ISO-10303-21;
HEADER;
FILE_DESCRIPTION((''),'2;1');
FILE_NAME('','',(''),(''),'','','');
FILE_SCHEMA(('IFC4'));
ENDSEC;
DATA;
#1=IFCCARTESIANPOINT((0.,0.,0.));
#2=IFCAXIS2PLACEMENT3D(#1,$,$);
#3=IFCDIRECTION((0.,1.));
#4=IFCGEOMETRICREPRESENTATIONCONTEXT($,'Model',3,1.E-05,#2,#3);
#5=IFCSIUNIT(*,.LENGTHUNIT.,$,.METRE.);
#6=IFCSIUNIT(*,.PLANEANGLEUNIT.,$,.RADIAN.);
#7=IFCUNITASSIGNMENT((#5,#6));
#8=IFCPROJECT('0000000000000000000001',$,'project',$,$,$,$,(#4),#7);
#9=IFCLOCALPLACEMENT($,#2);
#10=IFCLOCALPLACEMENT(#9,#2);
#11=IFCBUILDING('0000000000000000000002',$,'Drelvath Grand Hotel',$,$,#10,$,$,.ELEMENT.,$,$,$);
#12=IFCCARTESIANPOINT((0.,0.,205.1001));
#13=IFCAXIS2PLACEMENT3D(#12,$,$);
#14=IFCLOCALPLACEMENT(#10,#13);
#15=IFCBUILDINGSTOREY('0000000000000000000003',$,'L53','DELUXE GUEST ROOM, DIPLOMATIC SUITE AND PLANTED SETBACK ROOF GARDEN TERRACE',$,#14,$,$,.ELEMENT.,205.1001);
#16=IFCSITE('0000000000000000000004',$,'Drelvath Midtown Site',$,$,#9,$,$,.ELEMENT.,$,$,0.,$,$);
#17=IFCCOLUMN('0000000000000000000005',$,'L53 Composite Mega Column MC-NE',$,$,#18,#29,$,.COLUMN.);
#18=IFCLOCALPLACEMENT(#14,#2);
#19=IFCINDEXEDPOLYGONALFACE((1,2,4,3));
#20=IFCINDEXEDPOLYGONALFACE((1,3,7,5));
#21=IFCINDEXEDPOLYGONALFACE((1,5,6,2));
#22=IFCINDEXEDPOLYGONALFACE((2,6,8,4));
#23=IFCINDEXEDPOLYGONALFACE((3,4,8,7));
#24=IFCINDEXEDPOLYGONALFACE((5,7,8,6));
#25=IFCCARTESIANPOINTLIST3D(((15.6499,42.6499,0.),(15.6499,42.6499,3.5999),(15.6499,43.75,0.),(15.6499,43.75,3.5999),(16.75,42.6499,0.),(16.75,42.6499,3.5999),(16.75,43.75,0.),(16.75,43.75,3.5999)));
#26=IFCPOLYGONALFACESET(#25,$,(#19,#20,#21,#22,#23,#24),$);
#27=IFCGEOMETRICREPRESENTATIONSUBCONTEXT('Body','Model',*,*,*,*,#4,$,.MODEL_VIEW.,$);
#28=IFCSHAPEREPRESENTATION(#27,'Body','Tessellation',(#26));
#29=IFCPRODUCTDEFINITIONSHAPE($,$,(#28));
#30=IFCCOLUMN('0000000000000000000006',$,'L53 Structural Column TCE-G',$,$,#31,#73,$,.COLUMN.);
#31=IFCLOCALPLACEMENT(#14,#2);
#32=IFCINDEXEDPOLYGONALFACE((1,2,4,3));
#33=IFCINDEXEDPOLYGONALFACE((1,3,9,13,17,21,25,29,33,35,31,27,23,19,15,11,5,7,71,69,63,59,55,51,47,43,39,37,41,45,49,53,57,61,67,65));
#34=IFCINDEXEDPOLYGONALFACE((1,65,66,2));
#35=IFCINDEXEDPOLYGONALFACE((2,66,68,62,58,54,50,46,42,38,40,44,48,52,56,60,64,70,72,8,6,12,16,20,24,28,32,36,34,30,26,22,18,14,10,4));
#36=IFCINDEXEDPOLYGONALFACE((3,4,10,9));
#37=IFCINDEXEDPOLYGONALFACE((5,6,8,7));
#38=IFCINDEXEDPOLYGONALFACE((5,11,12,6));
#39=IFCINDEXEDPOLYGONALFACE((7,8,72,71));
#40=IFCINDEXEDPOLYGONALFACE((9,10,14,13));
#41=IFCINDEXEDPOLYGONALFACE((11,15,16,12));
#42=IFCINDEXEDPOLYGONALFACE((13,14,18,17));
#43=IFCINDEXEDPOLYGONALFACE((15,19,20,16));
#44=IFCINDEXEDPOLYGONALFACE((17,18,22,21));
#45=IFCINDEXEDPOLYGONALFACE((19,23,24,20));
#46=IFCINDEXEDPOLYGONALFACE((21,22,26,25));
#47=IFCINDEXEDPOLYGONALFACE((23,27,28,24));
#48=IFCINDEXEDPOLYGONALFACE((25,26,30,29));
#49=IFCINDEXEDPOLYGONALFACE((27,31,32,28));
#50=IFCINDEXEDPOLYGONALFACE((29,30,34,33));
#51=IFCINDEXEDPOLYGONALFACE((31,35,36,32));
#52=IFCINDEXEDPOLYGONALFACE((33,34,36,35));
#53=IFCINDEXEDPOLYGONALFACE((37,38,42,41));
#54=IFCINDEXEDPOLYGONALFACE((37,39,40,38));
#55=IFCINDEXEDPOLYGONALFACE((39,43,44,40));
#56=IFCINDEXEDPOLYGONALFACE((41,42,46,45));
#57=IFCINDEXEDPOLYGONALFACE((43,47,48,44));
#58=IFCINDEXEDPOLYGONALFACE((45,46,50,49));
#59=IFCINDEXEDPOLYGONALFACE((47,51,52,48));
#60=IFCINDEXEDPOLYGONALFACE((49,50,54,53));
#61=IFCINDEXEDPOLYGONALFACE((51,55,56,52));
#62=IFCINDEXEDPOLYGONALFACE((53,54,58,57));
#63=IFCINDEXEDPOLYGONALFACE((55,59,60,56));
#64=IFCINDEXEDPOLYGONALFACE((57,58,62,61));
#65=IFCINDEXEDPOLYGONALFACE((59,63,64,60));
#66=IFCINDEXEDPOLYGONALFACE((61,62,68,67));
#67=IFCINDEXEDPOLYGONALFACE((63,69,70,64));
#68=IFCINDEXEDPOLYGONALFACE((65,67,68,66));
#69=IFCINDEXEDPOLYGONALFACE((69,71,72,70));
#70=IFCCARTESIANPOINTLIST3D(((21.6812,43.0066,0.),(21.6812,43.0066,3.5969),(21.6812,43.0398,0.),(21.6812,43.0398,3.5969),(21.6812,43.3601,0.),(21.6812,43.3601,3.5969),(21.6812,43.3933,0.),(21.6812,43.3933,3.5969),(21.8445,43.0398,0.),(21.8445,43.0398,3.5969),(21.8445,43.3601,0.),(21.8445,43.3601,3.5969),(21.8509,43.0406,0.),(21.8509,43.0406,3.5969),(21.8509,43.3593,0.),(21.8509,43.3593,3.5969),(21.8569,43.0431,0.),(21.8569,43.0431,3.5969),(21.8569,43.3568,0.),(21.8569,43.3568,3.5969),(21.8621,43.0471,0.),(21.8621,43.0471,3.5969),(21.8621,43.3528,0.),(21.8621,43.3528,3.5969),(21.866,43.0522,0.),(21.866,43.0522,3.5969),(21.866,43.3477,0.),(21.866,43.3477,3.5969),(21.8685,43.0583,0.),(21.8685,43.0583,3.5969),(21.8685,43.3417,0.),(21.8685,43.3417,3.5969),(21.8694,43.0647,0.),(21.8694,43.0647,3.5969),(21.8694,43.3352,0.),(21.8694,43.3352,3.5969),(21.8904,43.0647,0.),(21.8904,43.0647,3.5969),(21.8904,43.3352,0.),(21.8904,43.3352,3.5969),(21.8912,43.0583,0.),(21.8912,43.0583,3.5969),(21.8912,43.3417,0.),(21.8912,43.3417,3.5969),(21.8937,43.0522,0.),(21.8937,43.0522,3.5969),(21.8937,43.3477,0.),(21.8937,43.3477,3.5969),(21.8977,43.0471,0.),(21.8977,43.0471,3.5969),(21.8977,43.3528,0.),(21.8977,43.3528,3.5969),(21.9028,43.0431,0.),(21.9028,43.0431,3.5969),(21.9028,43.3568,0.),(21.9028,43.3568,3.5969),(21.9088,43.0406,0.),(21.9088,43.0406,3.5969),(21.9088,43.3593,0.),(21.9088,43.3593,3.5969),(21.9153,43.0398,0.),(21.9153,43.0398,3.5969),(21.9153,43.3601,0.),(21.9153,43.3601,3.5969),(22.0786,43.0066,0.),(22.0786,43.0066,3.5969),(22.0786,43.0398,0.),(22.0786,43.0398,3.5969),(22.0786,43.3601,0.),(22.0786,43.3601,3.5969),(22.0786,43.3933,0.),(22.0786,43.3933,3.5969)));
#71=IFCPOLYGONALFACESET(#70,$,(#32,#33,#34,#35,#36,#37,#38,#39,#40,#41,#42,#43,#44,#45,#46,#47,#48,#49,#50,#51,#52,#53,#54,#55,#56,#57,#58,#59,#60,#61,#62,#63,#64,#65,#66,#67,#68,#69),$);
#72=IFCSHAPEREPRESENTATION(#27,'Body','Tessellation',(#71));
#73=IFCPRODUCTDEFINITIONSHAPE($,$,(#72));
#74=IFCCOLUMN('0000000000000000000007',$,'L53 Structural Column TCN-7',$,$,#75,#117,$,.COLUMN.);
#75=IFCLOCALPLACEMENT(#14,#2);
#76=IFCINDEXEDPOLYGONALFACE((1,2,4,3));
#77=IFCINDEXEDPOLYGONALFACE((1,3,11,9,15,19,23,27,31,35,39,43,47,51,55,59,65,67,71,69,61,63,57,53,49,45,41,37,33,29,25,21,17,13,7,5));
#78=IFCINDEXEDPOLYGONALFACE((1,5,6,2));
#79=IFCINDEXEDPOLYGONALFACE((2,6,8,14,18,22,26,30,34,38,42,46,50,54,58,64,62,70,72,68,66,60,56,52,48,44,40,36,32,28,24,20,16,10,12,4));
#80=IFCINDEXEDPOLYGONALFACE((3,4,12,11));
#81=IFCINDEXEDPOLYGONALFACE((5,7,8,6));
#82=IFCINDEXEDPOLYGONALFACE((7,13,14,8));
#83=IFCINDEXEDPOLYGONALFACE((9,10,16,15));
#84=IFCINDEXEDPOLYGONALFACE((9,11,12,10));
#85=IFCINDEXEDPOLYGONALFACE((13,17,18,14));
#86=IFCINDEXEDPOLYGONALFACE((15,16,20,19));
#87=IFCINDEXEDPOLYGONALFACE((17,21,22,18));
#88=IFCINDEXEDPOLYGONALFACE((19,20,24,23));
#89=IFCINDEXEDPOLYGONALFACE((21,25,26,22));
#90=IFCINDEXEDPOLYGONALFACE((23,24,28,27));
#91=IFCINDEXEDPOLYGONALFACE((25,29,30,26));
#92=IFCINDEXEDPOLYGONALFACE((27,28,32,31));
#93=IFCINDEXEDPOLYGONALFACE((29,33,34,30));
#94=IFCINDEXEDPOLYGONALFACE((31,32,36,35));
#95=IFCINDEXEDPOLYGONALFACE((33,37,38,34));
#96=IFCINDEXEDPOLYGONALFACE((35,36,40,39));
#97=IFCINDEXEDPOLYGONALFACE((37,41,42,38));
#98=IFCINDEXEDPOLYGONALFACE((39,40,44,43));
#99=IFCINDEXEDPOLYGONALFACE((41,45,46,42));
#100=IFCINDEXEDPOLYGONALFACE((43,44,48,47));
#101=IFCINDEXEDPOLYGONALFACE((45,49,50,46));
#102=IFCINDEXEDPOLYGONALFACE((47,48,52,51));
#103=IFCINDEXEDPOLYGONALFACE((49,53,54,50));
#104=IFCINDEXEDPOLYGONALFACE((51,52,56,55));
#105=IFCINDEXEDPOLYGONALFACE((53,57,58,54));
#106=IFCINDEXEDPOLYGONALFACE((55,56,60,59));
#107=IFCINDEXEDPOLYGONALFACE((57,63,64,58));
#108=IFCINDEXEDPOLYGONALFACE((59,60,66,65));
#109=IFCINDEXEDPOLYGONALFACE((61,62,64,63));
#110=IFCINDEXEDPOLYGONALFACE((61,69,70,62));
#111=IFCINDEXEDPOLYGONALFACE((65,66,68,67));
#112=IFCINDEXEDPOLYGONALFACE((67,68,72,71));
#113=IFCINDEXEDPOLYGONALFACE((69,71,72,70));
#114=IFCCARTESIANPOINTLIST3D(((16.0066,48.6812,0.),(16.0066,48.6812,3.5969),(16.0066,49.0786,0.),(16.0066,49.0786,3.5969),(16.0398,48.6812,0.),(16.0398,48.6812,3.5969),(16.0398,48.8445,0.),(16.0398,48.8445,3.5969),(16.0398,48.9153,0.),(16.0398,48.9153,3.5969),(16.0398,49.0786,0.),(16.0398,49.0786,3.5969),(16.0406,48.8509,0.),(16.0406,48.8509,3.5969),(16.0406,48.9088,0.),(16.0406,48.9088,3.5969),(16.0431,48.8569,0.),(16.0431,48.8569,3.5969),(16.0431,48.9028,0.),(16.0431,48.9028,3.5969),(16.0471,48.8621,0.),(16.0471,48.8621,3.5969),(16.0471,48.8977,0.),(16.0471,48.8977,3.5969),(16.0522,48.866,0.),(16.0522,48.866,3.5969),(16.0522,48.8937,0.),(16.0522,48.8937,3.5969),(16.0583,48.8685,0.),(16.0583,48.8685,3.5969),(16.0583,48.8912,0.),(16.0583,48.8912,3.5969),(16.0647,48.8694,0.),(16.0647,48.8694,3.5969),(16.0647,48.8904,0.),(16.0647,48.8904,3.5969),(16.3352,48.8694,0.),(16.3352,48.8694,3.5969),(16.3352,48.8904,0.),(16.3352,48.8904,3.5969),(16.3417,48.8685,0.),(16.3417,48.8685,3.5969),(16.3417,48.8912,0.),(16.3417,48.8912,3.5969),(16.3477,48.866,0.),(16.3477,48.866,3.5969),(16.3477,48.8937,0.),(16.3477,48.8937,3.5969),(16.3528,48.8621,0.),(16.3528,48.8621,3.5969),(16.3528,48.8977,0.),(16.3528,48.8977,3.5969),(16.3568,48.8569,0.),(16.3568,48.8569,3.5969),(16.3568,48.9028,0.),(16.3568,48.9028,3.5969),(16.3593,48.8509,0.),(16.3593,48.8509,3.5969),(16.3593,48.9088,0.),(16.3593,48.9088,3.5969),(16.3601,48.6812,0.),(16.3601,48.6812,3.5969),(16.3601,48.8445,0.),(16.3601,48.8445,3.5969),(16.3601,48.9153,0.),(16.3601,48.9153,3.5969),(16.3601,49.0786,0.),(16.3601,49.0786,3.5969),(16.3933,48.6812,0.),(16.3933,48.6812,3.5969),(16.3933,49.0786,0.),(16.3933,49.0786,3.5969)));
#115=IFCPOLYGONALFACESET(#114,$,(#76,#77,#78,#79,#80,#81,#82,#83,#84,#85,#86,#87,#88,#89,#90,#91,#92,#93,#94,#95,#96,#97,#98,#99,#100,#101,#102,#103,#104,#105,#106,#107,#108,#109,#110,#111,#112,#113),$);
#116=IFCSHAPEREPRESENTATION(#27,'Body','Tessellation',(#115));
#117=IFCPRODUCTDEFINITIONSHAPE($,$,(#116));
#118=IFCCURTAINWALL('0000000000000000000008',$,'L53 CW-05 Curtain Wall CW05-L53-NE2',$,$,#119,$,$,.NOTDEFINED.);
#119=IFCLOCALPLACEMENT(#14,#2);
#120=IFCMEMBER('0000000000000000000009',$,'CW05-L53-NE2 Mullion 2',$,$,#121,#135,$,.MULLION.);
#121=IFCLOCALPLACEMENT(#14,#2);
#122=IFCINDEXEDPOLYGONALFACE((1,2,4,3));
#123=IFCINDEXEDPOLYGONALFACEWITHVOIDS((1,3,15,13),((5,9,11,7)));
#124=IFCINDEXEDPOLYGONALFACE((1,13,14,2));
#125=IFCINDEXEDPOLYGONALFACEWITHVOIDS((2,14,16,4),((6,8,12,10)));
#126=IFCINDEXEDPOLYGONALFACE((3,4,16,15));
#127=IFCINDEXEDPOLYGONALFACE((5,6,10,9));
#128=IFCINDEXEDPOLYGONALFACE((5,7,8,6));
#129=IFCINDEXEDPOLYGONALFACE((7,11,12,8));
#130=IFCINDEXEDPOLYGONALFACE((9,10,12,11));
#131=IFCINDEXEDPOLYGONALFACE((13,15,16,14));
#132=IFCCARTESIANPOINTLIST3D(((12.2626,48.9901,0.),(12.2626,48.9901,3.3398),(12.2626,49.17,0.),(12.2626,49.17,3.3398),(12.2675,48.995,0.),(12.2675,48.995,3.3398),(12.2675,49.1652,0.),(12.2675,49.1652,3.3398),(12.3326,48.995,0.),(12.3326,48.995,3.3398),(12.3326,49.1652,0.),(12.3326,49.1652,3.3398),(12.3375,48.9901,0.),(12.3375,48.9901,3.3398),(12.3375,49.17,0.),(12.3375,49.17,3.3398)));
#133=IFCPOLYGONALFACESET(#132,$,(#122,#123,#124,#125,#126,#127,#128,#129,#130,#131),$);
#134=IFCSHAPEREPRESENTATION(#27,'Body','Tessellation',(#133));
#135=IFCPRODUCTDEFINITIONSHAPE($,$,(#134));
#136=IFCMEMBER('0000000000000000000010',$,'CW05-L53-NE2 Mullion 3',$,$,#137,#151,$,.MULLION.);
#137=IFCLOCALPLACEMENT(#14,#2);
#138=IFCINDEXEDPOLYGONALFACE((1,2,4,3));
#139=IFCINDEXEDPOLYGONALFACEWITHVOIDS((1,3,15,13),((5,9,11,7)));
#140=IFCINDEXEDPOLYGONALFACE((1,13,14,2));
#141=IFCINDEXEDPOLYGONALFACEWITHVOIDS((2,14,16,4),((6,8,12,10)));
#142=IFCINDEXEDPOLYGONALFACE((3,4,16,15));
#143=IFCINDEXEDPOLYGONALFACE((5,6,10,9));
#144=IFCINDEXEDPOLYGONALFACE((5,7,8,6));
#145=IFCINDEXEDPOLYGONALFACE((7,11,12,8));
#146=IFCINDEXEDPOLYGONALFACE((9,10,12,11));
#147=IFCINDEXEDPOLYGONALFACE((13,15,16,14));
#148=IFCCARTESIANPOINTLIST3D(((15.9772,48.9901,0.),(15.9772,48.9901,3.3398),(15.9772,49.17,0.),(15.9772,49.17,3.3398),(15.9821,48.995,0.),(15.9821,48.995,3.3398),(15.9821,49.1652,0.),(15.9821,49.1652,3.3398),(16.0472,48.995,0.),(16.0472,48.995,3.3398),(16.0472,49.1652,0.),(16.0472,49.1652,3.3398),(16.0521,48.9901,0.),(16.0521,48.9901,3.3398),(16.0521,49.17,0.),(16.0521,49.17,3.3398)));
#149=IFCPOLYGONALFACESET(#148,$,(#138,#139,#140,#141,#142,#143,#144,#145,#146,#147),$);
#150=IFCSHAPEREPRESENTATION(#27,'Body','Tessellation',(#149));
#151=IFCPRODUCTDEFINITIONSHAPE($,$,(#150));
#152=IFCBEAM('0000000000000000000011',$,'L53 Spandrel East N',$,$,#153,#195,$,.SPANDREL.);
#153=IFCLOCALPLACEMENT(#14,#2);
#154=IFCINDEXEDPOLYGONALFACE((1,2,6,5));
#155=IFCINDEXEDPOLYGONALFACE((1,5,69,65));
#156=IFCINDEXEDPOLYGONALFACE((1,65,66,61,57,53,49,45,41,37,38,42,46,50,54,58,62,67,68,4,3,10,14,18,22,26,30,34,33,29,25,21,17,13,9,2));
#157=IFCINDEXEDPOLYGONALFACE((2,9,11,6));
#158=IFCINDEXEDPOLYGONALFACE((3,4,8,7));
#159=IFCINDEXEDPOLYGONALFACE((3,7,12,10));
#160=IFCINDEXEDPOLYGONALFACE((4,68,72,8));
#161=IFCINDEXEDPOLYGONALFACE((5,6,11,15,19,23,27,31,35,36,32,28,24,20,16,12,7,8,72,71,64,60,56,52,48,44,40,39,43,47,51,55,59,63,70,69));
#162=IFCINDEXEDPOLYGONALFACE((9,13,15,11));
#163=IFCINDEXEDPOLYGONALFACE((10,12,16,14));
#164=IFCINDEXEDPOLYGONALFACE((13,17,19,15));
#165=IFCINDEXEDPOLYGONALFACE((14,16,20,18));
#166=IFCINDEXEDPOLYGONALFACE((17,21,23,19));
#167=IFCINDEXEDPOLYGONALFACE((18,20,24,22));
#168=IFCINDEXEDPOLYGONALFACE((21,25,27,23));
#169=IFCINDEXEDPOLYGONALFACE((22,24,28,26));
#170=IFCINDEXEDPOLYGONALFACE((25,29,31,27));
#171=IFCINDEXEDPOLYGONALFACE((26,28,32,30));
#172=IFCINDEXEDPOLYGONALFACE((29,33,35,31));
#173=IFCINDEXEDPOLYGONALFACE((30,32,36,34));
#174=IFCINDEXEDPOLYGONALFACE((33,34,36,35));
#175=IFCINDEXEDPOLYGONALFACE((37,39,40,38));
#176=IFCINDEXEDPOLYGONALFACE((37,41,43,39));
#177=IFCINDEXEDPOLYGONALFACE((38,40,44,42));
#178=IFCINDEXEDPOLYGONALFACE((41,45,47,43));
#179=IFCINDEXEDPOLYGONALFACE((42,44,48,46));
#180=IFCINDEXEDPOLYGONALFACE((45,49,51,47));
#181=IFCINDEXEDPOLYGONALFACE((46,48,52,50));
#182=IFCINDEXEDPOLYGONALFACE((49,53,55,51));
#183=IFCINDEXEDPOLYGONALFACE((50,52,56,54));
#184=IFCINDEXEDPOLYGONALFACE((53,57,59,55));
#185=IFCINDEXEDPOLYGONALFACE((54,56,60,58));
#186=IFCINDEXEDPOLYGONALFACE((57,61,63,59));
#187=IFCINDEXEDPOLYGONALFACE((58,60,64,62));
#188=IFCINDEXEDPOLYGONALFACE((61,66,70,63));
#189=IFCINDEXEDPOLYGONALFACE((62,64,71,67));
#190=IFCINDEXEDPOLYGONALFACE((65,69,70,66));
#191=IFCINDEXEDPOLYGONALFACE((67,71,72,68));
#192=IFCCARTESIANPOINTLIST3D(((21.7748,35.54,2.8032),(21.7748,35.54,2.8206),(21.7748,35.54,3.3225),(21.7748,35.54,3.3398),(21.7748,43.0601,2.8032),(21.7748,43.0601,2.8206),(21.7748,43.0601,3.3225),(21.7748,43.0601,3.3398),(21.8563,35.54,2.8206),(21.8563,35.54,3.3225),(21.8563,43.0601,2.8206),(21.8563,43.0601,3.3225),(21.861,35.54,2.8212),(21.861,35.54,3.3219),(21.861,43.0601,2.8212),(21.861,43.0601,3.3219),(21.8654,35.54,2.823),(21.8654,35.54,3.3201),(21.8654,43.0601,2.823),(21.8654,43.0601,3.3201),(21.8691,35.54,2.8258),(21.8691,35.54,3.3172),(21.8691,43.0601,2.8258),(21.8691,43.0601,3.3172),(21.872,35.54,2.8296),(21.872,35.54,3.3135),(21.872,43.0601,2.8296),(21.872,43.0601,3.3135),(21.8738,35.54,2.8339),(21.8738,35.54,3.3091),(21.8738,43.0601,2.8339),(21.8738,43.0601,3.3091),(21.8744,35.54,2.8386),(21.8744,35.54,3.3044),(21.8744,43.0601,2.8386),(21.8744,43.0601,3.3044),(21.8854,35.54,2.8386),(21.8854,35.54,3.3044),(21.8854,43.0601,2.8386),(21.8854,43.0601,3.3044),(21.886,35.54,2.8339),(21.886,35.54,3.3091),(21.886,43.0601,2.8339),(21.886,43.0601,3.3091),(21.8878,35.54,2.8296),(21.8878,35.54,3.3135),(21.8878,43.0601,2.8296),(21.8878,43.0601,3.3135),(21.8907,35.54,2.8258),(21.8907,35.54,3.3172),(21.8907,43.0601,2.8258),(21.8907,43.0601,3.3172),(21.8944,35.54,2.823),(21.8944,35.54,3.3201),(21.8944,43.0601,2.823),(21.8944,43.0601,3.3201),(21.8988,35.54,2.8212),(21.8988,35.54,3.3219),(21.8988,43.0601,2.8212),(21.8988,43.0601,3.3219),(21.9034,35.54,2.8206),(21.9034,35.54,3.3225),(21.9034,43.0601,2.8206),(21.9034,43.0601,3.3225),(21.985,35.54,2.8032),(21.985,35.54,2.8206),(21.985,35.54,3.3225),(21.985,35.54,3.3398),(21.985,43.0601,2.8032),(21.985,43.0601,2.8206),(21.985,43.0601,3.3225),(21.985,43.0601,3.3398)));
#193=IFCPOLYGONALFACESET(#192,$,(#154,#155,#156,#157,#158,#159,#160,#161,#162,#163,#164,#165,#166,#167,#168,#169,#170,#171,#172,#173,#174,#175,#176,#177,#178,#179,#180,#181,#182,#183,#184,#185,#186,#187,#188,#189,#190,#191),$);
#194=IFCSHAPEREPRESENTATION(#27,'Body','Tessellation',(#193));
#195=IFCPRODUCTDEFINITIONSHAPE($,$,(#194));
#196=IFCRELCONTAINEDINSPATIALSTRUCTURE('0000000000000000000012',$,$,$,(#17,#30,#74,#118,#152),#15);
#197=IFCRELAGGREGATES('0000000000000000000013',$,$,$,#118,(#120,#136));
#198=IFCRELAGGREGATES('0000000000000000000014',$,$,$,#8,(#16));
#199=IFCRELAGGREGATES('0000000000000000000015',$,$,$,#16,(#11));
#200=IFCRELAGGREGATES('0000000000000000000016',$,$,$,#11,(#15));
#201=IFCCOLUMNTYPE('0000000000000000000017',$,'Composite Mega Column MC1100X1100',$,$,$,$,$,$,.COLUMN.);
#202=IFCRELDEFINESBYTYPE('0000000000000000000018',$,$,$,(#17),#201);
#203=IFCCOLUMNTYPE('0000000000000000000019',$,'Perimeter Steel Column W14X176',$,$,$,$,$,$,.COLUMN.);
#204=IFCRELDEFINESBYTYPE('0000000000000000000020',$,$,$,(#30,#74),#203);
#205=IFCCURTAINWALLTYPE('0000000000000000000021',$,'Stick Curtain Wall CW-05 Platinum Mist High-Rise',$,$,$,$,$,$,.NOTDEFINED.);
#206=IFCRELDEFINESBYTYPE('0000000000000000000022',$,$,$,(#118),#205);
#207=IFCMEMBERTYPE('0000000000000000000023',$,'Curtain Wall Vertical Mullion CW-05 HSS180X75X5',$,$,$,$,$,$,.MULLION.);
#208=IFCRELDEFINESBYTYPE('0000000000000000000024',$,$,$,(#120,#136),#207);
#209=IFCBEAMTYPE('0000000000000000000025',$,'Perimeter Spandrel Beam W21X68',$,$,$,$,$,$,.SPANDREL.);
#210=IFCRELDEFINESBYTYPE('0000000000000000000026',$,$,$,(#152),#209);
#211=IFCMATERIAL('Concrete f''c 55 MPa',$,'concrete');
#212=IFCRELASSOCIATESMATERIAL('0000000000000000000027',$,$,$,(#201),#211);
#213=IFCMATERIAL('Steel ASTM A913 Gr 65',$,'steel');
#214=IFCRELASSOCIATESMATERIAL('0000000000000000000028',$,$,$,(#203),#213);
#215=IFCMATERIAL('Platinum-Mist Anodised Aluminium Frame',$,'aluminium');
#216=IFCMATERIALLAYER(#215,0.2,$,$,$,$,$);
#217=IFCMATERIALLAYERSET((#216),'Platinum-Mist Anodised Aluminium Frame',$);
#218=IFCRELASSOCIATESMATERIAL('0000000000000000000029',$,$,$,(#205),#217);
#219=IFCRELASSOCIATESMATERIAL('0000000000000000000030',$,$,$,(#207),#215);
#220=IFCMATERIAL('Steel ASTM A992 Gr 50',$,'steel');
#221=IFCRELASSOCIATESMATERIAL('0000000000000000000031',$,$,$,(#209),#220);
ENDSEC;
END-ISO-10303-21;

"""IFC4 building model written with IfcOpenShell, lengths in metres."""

from ifc_helpers import new_model, si_unit, direction, frame, origin, origin_2d, place, context, subcontext, project, spatial, rectangle, hollow_rectangle, i_section, extrude, material, layer, layer_set, material_profile, profile_set, type_object, element, aggregate, save


model = new_model("IFC4")

# Units and contexts
model_context = context("Model", 3, precision=1e-05, world=origin(), true_north=direction((0.0, 1.0)))
body_context = subcontext(model_context, "Body", "Model", "MODEL_VIEW")
ifc_project = project(units=[si_unit("LENGTHUNIT", "METRE"), si_unit("PLANEANGLEUNIT", "RADIAN")], contexts=[model_context])

# Site, building, storey
site_placement = place(None, origin())
site = spatial("IfcSite", under=ifc_project, at=site_placement, Name="Drelvath Midtown Site", CompositionType="ELEMENT", RefElevation=0.0)
building_placement = place(site_placement, origin())
building = spatial("IfcBuilding", under=site, at=building_placement, Name="Drelvath Grand Hotel", CompositionType="ELEMENT")
storey_placement = place(building_placement, frame((0.0, 0.0, 205.1001)))
storey = spatial("IfcBuildingStorey", under=building, at=storey_placement, Name="L53", Description="DELUXE GUEST ROOM, DIPLOMATIC SUITE AND PLANTED SETBACK ROOF GARDEN TERRACE", CompositionType="ELEMENT", Elevation=205.1001)

# Columns
ifc_material_1 = material(Name="Concrete f'c 55 MPa", Category="concrete")
ifc_material_profile_1 = material_profile(ifc_material_1, rectangle(XDim=1.1001, YDim=1.1001, at=origin_2d()), Name="MC1100X1100")
ifc_profile_set_1 = profile_set([ifc_material_profile_1], Name="Concrete f'c 55 MPa")
column_type_1 = type_object("IfcColumnType", Name="Composite Mega Column MC1100X1100", PredefinedType="COLUMN", material=ifc_profile_set_1)
column_placement = place(storey_placement, frame((16.2, 43.2, 0.0), z_axis=(0.0, 0.0, 1.0), x_axis=(1.0, 0.0, 0.0)))
element("IfcColumn", 1, at=column_placement, inside=storey, type_object=column_type_1, Name="L53 Composite Mega Column MC-NE", PredefinedType="COLUMN", context=body_context, shape_type="SweptSolid", body=[
    extrude(rectangle(XDim=1.1001, YDim=1.1001, at=origin_2d()), origin(), (0.0, 0.0, 1.0), 3.5999),
])
ifc_material_2 = material(Name="Steel ASTM A913 Gr 65", Category="steel")
ifc_material_profile_2 = material_profile(ifc_material_2, i_section(OverallWidth=0.3975, OverallDepth=0.3867, WebThickness=0.021, FlangeThickness=0.0332, FilletRadius=0.0249, at=origin_2d()), Name="W14X176")
ifc_profile_set_2 = profile_set([ifc_material_profile_2], Name="Steel ASTM A913 Gr 65")
column_type_2 = type_object("IfcColumnType", Name="Perimeter Steel Column W14X176", PredefinedType="COLUMN", material=ifc_profile_set_2)
for number, where, z_axis, x_axis, name in (
    (2, (21.8799, 43.2, 0.0), (0.0, 0.0, 1.0), (1.0, 0.0, 0.0), "L53 Structural Column TCE-G"),
    (3, (16.2, 48.8799, 0.0), (0.0, 0.0, 1.0), (0.0, 1.0, 0.0), "L53 Structural Column TCN-7"),
):
    element("IfcColumn", number, at=place(storey_placement, frame(where, z_axis=z_axis, x_axis=x_axis)), inside=storey, type_object=column_type_2, Name=name, PredefinedType="COLUMN", context=body_context, shape_type="SweptSolid", body=[
        extrude(i_section(OverallWidth=0.3975, OverallDepth=0.3867, WebThickness=0.021, FlangeThickness=0.0332, FilletRadius=0.0249, at=origin_2d()), origin(), (0.0, 0.0, 1.0), 3.5969),
    ])

# Curtain wall, members
ifc_material_3 = material(Name="Platinum-Mist Anodised Aluminium Frame", Category="aluminium")
ifc_layer_1 = layer(ifc_material_3, 0.2)
ifc_layer_set_1 = layer_set([ifc_layer_1], Name="Platinum-Mist Anodised Aluminium Frame")
curtain_wall_type = type_object("IfcCurtainWallType", Name="Stick Curtain Wall CW-05 Platinum Mist High-Rise", PredefinedType="NOTDEFINED", material=ifc_layer_set_1)
curtain_wall_placement = place(storey_placement, origin())
curtain_wall = element("IfcCurtainWall", 4, at=curtain_wall_placement, inside=storey, type_object=curtain_wall_type, Name="L53 CW-05 Curtain Wall CW05-L53-NE2", PredefinedType="NOTDEFINED")
ifc_material_profile_3 = material_profile(ifc_material_3, hollow_rectangle(XDim=0.075, YDim=0.1799, WallThickness=0.0049, at=origin_2d()), Name="HSS180X75X5")
ifc_profile_set_3 = profile_set([ifc_material_profile_3], Name="Platinum-Mist Anodised Aluminium Frame")
member_type = type_object("IfcMemberType", Name="Curtain Wall Vertical Mullion CW-05 HSS180X75X5", PredefinedType="MULLION", material=ifc_profile_set_3)
member_1_placement = place(storey_placement, frame((12.3, 49.0801, 0.0), z_axis=(0.0, 0.0, 1.0), x_axis=(1.0, 0.0, 0.0)))
member_1 = element("IfcMember", 5, at=member_1_placement, type_object=member_type, Name="CW05-L53-NE2 Mullion 2", PredefinedType="MULLION", context=body_context, shape_type="SweptSolid", body=[
    extrude(hollow_rectangle(XDim=0.075, YDim=0.1799, WallThickness=0.0049, at=origin_2d()), origin(), (0.0, 0.0, 1.0), 3.3398),
])
member_2_placement = place(storey_placement, frame((16.0146, 49.0801, 0.0), z_axis=(0.0, 0.0, 1.0), x_axis=(1.0, 0.0, 0.0)))
member_2 = element("IfcMember", 6, at=member_2_placement, type_object=member_type, Name="CW05-L53-NE2 Mullion 3", PredefinedType="MULLION", context=body_context, shape_type="SweptSolid", body=[
    extrude(hollow_rectangle(XDim=0.075, YDim=0.1799, WallThickness=0.0049, at=origin_2d()), origin(), (0.0, 0.0, 1.0), 3.3398),
])

# Beam
ifc_material_4 = material(Name="Steel ASTM A992 Gr 50", Category="steel")
ifc_material_profile_4 = material_profile(ifc_material_4, i_section(OverallWidth=0.2102, OverallDepth=0.5366, WebThickness=0.011, FlangeThickness=0.0173, FilletRadius=0.0181, at=origin_2d()), Name="W21X68")
ifc_profile_set_4 = profile_set([ifc_material_profile_4], Name="Steel ASTM A992 Gr 50")
beam_type_1 = type_object("IfcBeamType", Name="Perimeter Spandrel Beam W21X68", PredefinedType="SPANDREL", material=ifc_profile_set_4)
beam_placement = place(storey_placement, frame((21.8799, 35.54, 3.0715), z_axis=(0.0, 1.0, 0.0), x_axis=(-1.0, 0.0, 0.0)))
element("IfcBeam", 7, at=beam_placement, inside=storey, type_object=beam_type_1, Name="L53 Spandrel East N", PredefinedType="SPANDREL", context=body_context, shape_type="SweptSolid", body=[
    extrude(i_section(OverallWidth=0.2102, OverallDepth=0.5366, WebThickness=0.011, FlangeThickness=0.0173, FilletRadius=0.0181, at=origin_2d()), origin(), (0.0, 0.0, 1.0), 7.52),
])

aggregate(curtain_wall, [member_1, member_2])

save(model, "model.ifc")
